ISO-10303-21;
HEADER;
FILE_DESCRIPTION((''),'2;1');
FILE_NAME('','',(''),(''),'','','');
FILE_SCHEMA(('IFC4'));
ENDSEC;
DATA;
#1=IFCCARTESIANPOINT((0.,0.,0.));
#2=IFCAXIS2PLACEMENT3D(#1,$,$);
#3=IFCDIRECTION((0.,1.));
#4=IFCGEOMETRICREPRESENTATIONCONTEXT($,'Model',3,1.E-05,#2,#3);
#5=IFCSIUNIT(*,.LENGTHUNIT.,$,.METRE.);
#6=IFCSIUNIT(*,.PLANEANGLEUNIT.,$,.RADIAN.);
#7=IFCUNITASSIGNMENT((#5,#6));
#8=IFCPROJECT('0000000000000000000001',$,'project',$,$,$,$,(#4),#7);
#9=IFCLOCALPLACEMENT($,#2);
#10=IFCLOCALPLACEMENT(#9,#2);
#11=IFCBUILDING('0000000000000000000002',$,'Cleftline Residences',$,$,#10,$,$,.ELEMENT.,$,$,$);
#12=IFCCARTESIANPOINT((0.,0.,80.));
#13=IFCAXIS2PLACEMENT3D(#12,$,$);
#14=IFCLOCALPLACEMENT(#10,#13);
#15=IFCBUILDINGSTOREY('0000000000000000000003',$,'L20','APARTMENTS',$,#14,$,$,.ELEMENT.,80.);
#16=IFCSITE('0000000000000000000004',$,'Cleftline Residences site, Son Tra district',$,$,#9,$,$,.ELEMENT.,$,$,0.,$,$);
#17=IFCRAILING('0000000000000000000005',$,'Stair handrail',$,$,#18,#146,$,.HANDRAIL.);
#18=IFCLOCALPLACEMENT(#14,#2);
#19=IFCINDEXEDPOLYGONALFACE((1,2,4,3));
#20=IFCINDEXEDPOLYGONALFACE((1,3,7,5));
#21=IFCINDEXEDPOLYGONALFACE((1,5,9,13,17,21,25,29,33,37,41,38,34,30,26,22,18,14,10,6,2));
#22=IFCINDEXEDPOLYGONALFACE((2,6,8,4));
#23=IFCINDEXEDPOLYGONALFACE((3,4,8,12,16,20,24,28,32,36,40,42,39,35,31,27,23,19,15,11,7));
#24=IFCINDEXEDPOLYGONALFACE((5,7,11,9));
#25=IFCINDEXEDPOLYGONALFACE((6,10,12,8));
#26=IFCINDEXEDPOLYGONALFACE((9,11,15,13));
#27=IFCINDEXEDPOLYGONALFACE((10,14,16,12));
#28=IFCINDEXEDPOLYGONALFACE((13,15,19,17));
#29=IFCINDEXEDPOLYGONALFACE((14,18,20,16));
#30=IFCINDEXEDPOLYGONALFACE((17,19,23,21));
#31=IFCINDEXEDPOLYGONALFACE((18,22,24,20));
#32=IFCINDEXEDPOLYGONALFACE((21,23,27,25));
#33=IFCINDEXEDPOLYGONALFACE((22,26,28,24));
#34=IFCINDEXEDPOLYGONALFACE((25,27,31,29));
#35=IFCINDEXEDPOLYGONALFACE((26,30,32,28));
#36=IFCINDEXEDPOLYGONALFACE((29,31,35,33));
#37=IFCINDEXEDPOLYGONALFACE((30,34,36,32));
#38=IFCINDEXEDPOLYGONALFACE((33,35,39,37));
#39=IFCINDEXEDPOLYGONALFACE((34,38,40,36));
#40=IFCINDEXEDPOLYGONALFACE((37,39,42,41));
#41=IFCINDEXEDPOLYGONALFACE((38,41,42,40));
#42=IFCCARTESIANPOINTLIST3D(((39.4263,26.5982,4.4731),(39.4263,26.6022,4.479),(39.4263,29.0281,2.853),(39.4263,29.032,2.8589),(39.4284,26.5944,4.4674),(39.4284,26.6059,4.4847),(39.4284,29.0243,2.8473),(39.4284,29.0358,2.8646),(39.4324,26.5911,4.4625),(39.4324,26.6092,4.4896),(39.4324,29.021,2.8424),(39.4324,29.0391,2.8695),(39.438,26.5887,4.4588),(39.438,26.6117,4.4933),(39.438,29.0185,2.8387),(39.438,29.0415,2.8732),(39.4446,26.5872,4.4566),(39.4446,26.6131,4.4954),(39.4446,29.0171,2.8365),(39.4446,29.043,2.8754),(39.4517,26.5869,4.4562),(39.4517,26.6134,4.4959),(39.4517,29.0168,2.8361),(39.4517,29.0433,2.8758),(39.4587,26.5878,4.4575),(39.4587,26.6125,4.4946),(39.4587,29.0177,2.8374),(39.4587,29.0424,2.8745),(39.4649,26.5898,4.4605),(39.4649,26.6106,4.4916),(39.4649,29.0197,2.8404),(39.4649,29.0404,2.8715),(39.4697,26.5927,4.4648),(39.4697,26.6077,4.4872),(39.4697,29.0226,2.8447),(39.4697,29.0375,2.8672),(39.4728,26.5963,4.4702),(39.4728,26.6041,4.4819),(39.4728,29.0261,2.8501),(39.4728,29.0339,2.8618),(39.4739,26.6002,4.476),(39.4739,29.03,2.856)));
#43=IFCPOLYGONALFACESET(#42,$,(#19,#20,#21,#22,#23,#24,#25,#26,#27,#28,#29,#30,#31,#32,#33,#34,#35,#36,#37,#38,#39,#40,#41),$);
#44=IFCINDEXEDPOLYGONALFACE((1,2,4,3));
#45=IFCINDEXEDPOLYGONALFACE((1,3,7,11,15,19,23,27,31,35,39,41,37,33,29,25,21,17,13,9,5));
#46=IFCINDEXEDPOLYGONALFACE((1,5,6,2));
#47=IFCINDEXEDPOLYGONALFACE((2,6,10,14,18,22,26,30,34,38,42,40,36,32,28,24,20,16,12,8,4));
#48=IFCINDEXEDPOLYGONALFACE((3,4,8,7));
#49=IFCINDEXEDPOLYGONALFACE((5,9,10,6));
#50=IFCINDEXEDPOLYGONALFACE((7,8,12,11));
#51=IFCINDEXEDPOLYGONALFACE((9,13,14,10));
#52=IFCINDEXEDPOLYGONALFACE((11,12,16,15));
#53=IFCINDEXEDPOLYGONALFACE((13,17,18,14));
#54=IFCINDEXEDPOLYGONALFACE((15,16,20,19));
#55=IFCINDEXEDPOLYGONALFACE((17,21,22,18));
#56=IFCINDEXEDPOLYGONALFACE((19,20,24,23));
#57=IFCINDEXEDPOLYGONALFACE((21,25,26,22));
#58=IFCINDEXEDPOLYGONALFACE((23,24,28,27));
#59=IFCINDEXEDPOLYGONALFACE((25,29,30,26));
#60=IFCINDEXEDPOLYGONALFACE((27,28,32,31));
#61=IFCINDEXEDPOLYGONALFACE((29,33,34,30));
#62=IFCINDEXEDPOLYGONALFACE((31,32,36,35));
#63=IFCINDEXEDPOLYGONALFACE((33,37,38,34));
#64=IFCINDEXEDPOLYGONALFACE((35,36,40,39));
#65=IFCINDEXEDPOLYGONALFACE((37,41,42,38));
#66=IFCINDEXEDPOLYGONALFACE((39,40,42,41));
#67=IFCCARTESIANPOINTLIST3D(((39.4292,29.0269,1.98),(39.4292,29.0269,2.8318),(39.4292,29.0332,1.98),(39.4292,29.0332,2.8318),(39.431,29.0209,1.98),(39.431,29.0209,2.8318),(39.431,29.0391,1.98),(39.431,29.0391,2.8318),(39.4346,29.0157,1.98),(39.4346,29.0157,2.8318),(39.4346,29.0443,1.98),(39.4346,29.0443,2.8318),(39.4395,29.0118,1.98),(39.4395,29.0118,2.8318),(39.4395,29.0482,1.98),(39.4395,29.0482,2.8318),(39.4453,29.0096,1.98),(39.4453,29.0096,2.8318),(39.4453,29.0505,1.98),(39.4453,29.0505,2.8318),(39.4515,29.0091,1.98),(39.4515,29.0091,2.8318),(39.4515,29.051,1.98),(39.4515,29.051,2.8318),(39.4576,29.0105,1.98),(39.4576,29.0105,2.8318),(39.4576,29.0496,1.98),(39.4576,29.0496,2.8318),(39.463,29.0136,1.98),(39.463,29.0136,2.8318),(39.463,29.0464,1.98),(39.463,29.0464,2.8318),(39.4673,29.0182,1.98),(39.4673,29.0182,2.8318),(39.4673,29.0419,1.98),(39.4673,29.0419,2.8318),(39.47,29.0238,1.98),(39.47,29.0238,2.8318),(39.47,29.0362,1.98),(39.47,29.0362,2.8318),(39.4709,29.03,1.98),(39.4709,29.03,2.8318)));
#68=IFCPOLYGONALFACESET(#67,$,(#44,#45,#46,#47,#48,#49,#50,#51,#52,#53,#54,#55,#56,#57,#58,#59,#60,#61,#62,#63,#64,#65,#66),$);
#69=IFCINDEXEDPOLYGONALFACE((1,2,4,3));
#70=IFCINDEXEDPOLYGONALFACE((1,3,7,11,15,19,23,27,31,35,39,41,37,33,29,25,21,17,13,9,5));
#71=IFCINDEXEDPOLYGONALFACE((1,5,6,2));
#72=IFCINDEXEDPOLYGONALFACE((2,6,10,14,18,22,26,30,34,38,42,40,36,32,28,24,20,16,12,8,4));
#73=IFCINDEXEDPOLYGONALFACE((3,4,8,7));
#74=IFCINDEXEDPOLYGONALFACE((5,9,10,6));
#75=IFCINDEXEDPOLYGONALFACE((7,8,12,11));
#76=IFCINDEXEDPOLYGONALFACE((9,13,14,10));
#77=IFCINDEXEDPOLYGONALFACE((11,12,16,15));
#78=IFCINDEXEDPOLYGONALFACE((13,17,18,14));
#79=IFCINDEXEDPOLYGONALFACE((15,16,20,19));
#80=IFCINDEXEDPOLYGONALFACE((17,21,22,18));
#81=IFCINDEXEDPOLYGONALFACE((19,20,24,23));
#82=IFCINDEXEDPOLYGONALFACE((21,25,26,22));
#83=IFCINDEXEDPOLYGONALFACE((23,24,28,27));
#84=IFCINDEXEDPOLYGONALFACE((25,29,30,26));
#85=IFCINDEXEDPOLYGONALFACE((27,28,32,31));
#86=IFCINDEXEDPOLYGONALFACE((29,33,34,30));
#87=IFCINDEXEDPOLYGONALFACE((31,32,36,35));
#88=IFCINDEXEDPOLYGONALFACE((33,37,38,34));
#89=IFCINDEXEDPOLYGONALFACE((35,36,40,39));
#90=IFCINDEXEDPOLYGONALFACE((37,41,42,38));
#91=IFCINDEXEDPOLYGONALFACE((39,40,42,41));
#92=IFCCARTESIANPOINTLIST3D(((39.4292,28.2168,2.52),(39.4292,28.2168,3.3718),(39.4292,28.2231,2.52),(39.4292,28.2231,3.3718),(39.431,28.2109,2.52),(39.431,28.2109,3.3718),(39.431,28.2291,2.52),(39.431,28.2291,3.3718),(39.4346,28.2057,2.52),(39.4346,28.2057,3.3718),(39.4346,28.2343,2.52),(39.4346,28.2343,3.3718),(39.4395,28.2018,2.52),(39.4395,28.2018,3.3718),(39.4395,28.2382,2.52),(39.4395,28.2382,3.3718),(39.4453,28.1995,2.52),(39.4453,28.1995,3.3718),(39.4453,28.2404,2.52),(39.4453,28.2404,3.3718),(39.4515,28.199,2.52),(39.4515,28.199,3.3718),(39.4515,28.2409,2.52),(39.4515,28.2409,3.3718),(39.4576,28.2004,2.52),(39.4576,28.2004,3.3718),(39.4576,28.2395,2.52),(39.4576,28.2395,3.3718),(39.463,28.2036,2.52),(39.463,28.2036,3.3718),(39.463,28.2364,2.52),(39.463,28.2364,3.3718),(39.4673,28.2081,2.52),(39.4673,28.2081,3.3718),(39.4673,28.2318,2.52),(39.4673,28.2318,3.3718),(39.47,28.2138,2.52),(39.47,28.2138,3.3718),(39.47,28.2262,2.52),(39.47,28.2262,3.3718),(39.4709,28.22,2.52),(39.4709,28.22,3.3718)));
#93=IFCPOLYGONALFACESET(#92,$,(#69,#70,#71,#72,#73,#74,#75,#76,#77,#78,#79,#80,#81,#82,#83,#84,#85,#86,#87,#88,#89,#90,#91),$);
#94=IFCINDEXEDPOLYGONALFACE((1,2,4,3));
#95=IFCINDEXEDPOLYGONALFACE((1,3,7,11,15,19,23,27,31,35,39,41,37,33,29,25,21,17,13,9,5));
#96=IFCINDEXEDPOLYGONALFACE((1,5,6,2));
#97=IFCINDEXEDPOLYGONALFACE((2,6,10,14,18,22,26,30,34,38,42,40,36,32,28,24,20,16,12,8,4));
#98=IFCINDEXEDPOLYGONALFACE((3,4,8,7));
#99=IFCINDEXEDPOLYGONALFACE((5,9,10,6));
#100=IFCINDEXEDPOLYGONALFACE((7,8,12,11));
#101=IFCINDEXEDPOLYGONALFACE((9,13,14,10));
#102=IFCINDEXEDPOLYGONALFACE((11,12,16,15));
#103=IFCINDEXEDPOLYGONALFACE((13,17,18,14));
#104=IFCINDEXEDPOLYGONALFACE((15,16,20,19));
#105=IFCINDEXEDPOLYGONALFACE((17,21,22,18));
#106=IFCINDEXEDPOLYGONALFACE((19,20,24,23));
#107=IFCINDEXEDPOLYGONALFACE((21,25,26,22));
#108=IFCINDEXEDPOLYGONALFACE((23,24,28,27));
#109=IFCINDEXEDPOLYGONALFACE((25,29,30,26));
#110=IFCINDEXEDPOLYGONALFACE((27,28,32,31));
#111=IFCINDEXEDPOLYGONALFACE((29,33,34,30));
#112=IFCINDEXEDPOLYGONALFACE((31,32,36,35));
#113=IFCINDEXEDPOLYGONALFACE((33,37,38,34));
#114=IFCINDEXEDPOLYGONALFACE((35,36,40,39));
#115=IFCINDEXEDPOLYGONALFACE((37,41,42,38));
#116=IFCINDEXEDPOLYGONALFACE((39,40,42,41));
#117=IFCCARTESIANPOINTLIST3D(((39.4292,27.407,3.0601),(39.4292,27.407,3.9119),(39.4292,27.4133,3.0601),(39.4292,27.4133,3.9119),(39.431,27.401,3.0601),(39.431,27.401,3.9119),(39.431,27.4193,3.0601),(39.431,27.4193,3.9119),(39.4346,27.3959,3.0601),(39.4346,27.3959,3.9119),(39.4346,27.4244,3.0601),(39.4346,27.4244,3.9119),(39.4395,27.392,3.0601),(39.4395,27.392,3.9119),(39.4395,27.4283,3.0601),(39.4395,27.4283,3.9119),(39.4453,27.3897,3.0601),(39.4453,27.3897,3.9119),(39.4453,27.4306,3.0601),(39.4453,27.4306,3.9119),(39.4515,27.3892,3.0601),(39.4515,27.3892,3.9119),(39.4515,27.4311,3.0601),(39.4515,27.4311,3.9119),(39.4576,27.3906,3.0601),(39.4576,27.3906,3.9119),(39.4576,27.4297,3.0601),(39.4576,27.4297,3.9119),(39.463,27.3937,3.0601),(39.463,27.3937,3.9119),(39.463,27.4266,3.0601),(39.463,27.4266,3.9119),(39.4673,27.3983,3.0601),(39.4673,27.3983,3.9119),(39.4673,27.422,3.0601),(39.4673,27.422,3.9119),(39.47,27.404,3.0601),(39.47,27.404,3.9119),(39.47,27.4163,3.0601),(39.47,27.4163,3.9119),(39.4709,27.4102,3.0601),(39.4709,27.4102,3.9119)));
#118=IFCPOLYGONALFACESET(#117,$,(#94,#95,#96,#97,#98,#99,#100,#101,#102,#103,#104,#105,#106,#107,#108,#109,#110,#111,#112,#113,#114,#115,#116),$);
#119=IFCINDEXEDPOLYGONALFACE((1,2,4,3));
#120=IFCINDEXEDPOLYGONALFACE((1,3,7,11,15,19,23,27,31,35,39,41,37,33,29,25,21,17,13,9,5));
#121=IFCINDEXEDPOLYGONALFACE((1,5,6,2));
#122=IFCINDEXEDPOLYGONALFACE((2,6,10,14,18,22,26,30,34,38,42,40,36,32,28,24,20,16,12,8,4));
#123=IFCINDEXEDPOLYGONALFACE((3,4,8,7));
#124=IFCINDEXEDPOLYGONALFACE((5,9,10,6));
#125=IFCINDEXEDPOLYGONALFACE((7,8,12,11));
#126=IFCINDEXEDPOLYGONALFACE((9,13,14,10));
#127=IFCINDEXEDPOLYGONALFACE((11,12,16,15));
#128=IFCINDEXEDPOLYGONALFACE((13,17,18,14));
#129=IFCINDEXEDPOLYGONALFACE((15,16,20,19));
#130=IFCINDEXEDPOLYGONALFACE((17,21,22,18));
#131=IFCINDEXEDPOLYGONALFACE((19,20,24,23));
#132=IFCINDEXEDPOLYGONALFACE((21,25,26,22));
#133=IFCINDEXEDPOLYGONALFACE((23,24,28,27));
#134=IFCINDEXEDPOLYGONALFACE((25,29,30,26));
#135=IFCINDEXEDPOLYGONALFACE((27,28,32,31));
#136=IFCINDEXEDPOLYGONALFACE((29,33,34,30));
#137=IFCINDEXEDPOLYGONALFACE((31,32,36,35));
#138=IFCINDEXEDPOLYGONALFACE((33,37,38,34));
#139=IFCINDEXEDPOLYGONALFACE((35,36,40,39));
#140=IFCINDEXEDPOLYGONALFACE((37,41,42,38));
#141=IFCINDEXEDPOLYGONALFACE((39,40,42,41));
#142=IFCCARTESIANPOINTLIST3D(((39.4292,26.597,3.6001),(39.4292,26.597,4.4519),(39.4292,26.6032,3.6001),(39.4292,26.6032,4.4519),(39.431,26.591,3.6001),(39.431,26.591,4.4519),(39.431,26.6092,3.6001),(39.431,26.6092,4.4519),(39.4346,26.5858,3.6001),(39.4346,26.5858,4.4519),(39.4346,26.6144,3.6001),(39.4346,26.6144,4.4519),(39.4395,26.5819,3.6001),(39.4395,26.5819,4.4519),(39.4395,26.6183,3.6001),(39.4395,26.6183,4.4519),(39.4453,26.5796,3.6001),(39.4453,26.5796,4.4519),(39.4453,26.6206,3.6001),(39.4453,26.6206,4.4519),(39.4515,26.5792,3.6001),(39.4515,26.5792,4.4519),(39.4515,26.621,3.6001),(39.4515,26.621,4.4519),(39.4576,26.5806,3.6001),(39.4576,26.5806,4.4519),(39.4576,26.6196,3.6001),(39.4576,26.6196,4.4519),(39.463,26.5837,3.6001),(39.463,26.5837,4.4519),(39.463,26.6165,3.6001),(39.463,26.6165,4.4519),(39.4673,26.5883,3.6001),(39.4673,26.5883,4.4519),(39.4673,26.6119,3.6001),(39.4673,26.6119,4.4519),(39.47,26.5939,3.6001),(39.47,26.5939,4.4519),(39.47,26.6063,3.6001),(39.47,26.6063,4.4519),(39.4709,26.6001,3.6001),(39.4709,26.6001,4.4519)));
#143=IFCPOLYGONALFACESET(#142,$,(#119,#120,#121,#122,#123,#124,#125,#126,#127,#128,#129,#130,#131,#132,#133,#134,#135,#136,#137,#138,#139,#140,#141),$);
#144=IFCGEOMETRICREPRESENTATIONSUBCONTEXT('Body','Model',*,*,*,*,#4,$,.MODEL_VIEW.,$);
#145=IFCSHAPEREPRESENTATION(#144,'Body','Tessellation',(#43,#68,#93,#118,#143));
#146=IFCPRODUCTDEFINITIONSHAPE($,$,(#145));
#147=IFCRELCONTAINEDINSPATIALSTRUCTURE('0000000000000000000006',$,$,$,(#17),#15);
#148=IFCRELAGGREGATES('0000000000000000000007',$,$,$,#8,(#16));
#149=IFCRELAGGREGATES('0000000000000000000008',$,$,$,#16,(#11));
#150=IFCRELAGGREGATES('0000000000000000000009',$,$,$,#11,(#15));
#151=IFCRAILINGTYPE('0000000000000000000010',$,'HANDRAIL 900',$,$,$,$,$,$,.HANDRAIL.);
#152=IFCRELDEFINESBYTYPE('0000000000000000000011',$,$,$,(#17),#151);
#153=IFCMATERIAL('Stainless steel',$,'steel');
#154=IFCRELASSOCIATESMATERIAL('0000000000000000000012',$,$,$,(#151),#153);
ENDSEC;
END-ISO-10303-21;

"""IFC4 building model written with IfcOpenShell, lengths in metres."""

from ifc_helpers import new_model, si_unit, direction, frame, origin, origin_2d, place, context, subcontext, project, spatial, circle, extrude, material, type_object, element, save


model = new_model("IFC4")

# Units and contexts
model_context = context("Model", 3, precision=1e-05, world=origin(), true_north=direction((0.0, 1.0)))
body_context = subcontext(model_context, "Body", "Model", "MODEL_VIEW")
ifc_project = project(units=[si_unit("LENGTHUNIT", "METRE"), si_unit("PLANEANGLEUNIT", "RADIAN")], contexts=[model_context])

# Site, building, storey
site_placement = place(None, origin())
site = spatial("IfcSite", under=ifc_project, at=site_placement, Name="Cleftline Residences site, Son Tra district", CompositionType="ELEMENT", RefElevation=0.0)
building_placement = place(site_placement, origin())
building = spatial("IfcBuilding", under=site, at=building_placement, Name="Cleftline Residences", CompositionType="ELEMENT")
storey_placement = place(building_placement, frame((0.0, 0.0, 80.0)))
storey = spatial("IfcBuildingStorey", under=building, at=storey_placement, Name="L20", Description="APARTMENTS", CompositionType="ELEMENT", Elevation=80.0)

# Railing
ifc_material_1 = material(Name="Stainless steel", Category="steel")
railing_type = type_object("IfcRailingType", Name="HANDRAIL 900", PredefinedType="HANDRAIL", material=ifc_material_1)
railing_1_placement = place(storey_placement, frame((39.45, 29.03, 1.98)))
element("IfcRailing", 1, at=railing_1_placement, inside=storey, type_object=railing_type, Name="Stair handrail", PredefinedType="HANDRAIL", context=body_context, shape_type="SweptSolid", body=[
    extrude(circle(Radius=0.0239, at=origin_2d()), frame((0.0, 0.0, 0.876), z_axis=(0.0, -0.832025, 0.554739), x_axis=(1.0, 0.0, 0.0)), (0.0, 0.0, 1.0), 2.9204),
    extrude(circle(Radius=0.021, at=origin_2d()), origin(), (0.0, 0.0, 1.0), 0.8518),
    extrude(circle(Radius=0.021, at=origin_2d()), frame((0.0, -0.8101, 0.54)), (0.0, 0.0, 1.0), 0.8518),
    extrude(circle(Radius=0.021, at=origin_2d()), frame((0.0, -1.6199, 1.0801)), (0.0, 0.0, 1.0), 0.8518),
    extrude(circle(Radius=0.021, at=origin_2d()), frame((0.0, -2.4299, 1.6201)), (0.0, 0.0, 1.0), 0.8518),
])

save(model, "model.ifc")
